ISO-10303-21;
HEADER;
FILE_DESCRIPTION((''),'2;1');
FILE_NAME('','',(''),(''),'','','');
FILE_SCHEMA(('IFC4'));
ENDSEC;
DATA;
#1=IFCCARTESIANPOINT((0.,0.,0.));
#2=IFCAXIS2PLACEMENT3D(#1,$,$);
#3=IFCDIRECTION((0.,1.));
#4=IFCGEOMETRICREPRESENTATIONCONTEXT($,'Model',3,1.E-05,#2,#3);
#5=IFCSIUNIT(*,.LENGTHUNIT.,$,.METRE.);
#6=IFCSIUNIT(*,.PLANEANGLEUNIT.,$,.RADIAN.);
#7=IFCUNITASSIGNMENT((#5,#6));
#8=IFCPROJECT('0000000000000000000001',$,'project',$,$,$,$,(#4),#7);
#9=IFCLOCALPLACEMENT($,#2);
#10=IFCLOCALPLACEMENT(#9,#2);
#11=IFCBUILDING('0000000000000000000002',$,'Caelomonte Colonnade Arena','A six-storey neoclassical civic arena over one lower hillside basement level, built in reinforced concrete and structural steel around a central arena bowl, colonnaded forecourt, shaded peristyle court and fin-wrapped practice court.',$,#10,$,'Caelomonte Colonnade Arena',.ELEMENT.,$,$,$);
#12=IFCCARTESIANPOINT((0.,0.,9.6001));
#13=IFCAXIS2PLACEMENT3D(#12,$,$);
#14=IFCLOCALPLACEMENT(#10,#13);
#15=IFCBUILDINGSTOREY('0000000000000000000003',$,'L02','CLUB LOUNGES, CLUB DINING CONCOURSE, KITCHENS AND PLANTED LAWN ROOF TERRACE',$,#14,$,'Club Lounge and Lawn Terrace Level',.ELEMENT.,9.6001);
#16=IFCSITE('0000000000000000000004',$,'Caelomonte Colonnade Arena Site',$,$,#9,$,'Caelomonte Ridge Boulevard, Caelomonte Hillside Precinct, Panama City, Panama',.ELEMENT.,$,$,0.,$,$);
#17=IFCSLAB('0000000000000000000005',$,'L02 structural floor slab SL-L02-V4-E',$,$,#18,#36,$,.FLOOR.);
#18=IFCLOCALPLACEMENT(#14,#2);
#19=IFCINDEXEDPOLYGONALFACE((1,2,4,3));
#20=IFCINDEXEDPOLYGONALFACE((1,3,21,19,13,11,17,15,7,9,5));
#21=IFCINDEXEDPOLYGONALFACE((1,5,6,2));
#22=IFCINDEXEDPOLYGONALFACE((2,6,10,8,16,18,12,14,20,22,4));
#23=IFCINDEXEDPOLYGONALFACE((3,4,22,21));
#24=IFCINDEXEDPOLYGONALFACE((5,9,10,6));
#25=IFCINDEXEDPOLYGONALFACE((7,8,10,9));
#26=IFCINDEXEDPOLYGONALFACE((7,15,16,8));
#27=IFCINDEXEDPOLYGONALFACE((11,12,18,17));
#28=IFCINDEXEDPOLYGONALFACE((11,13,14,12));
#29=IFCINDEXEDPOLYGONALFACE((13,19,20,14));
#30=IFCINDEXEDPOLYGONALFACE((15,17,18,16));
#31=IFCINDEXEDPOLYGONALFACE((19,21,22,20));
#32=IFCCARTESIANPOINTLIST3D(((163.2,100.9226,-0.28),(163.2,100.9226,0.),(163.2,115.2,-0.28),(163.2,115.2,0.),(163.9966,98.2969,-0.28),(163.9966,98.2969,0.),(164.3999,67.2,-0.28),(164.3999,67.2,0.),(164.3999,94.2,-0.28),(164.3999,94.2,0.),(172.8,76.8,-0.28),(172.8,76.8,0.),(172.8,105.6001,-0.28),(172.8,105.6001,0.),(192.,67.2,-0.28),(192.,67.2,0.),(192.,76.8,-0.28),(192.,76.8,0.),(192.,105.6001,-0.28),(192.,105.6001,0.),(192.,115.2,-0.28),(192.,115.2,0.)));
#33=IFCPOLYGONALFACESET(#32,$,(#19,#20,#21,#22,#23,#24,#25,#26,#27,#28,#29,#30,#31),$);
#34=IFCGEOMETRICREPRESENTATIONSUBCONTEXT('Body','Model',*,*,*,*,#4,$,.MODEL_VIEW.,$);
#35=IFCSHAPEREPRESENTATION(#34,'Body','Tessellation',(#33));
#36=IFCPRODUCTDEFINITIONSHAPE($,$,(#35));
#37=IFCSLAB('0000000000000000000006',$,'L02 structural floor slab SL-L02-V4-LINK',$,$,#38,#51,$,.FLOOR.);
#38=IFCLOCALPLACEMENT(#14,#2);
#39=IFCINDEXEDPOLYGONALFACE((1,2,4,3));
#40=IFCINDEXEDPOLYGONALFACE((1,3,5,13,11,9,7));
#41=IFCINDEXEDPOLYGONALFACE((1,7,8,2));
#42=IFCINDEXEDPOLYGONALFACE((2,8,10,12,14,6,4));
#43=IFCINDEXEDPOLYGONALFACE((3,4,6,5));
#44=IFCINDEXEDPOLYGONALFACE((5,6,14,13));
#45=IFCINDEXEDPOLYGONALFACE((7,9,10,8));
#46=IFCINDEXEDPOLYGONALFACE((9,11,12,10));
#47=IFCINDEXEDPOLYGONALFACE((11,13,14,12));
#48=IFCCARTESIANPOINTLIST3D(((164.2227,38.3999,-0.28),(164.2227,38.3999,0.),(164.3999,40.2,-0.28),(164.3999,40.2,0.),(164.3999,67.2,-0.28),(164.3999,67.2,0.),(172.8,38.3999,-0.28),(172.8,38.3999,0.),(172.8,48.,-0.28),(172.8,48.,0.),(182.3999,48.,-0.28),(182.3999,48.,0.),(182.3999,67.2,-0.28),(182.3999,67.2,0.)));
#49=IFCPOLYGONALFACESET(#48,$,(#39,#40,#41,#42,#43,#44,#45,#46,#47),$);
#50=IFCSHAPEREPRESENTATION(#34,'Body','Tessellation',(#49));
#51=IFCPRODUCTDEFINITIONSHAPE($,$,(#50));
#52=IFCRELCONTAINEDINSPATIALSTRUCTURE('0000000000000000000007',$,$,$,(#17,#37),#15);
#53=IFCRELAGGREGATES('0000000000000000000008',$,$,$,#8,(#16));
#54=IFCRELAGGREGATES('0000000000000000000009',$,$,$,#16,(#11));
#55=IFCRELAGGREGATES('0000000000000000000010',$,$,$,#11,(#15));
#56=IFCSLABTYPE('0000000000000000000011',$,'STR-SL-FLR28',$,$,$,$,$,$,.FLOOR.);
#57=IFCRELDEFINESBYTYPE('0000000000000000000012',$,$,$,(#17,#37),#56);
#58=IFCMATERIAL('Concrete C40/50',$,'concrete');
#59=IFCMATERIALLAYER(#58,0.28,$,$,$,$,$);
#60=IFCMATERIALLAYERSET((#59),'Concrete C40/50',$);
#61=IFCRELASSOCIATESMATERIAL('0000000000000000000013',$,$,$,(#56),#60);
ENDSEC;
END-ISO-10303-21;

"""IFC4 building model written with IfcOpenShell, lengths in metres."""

from ifc_helpers import new_model, si_unit, direction, frame, origin, place, context, subcontext, project, spatial, polyline, outline, extrude, material, layer, layer_set, type_object, element, save


model = new_model("IFC4")

# Units and contexts
model_context = context("Model", 3, precision=1e-05, world=origin(), true_north=direction((0.0, 1.0)))
body_context = subcontext(model_context, "Body", "Model", "MODEL_VIEW")
ifc_project = project(units=[si_unit("LENGTHUNIT", "METRE"), si_unit("PLANEANGLEUNIT", "RADIAN")], contexts=[model_context])

# Site, building, storey
site_placement = place(None, origin())
site = spatial("IfcSite", under=ifc_project, at=site_placement, Name="Caelomonte Colonnade Arena Site", LongName="Caelomonte Ridge Boulevard, Caelomonte Hillside Precinct, Panama City, Panama", CompositionType="ELEMENT", RefElevation=0.0)
building_placement = place(site_placement, origin())
building = spatial("IfcBuilding", under=site, at=building_placement, Name="Caelomonte Colonnade Arena", Description="A six-storey neoclassical civic arena over one lower hillside basement level, built in reinforced concrete and structural steel around a central arena bowl, colonnaded forecourt, shaded peristyle court and fin-wrapped practice court.", LongName="Caelomonte Colonnade Arena", CompositionType="ELEMENT")
storey_placement = place(building_placement, frame((0.0, 0.0, 9.6001)))
storey = spatial("IfcBuildingStorey", under=building, at=storey_placement, Name="L02", Description="CLUB LOUNGES, CLUB DINING CONCOURSE, KITCHENS AND PLANTED LAWN ROOF TERRACE", LongName="Club Lounge and Lawn Terrace Level", CompositionType="ELEMENT", Elevation=9.6001)

# Shared definitions
ifc_material_1 = material(Name="Concrete C40/50", Category="concrete")

# Slabs
ifc_layer_1 = layer(ifc_material_1, 0.28)
ifc_layer_set_1 = layer_set([ifc_layer_1], Name="Concrete C40/50")
slab_type_1 = type_object("IfcSlabType", Name="STR-SL-FLR28", PredefinedType="FLOOR", material=ifc_layer_set_1)
slab_1_placement = place(storey_placement, frame((0.0, 0.0, -0.28)))
element("IfcSlab", 1, at=slab_1_placement, inside=storey, type_object=slab_type_1, Name="L02 structural floor slab SL-L02-V4-E", PredefinedType="FLOOR", context=body_context, shape_type="SweptSolid", body=[
    extrude(outline(polyline([(164.3999, 67.2), (192.0, 67.2), (192.0, 76.8), (172.8, 76.8), (172.8, 105.6001), (192.0, 105.6001), (192.0, 115.2), (163.2, 115.2), (163.2, 100.9226), (163.9966, 98.2969), (164.3999, 94.2), (164.3999, 67.2)])), origin(), (0.0, 0.0, 1.0), 0.28),
])
slab_2_placement = place(storey_placement, frame((0.0, 0.0, -0.28)))
element("IfcSlab", 2, at=slab_2_placement, inside=storey, type_object=slab_type_1, Name="L02 structural floor slab SL-L02-V4-LINK", PredefinedType="FLOOR", context=body_context, shape_type="SweptSolid", body=[
    extrude(outline(polyline([(182.3999, 67.2), (164.3999, 67.2), (164.3999, 40.2), (164.2227, 38.3999), (172.8, 38.3999), (172.8, 48.0), (182.3999, 48.0), (182.3999, 67.2)])), origin(), (0.0, 0.0, 1.0), 0.28),
])

save(model, "model.ifc")
